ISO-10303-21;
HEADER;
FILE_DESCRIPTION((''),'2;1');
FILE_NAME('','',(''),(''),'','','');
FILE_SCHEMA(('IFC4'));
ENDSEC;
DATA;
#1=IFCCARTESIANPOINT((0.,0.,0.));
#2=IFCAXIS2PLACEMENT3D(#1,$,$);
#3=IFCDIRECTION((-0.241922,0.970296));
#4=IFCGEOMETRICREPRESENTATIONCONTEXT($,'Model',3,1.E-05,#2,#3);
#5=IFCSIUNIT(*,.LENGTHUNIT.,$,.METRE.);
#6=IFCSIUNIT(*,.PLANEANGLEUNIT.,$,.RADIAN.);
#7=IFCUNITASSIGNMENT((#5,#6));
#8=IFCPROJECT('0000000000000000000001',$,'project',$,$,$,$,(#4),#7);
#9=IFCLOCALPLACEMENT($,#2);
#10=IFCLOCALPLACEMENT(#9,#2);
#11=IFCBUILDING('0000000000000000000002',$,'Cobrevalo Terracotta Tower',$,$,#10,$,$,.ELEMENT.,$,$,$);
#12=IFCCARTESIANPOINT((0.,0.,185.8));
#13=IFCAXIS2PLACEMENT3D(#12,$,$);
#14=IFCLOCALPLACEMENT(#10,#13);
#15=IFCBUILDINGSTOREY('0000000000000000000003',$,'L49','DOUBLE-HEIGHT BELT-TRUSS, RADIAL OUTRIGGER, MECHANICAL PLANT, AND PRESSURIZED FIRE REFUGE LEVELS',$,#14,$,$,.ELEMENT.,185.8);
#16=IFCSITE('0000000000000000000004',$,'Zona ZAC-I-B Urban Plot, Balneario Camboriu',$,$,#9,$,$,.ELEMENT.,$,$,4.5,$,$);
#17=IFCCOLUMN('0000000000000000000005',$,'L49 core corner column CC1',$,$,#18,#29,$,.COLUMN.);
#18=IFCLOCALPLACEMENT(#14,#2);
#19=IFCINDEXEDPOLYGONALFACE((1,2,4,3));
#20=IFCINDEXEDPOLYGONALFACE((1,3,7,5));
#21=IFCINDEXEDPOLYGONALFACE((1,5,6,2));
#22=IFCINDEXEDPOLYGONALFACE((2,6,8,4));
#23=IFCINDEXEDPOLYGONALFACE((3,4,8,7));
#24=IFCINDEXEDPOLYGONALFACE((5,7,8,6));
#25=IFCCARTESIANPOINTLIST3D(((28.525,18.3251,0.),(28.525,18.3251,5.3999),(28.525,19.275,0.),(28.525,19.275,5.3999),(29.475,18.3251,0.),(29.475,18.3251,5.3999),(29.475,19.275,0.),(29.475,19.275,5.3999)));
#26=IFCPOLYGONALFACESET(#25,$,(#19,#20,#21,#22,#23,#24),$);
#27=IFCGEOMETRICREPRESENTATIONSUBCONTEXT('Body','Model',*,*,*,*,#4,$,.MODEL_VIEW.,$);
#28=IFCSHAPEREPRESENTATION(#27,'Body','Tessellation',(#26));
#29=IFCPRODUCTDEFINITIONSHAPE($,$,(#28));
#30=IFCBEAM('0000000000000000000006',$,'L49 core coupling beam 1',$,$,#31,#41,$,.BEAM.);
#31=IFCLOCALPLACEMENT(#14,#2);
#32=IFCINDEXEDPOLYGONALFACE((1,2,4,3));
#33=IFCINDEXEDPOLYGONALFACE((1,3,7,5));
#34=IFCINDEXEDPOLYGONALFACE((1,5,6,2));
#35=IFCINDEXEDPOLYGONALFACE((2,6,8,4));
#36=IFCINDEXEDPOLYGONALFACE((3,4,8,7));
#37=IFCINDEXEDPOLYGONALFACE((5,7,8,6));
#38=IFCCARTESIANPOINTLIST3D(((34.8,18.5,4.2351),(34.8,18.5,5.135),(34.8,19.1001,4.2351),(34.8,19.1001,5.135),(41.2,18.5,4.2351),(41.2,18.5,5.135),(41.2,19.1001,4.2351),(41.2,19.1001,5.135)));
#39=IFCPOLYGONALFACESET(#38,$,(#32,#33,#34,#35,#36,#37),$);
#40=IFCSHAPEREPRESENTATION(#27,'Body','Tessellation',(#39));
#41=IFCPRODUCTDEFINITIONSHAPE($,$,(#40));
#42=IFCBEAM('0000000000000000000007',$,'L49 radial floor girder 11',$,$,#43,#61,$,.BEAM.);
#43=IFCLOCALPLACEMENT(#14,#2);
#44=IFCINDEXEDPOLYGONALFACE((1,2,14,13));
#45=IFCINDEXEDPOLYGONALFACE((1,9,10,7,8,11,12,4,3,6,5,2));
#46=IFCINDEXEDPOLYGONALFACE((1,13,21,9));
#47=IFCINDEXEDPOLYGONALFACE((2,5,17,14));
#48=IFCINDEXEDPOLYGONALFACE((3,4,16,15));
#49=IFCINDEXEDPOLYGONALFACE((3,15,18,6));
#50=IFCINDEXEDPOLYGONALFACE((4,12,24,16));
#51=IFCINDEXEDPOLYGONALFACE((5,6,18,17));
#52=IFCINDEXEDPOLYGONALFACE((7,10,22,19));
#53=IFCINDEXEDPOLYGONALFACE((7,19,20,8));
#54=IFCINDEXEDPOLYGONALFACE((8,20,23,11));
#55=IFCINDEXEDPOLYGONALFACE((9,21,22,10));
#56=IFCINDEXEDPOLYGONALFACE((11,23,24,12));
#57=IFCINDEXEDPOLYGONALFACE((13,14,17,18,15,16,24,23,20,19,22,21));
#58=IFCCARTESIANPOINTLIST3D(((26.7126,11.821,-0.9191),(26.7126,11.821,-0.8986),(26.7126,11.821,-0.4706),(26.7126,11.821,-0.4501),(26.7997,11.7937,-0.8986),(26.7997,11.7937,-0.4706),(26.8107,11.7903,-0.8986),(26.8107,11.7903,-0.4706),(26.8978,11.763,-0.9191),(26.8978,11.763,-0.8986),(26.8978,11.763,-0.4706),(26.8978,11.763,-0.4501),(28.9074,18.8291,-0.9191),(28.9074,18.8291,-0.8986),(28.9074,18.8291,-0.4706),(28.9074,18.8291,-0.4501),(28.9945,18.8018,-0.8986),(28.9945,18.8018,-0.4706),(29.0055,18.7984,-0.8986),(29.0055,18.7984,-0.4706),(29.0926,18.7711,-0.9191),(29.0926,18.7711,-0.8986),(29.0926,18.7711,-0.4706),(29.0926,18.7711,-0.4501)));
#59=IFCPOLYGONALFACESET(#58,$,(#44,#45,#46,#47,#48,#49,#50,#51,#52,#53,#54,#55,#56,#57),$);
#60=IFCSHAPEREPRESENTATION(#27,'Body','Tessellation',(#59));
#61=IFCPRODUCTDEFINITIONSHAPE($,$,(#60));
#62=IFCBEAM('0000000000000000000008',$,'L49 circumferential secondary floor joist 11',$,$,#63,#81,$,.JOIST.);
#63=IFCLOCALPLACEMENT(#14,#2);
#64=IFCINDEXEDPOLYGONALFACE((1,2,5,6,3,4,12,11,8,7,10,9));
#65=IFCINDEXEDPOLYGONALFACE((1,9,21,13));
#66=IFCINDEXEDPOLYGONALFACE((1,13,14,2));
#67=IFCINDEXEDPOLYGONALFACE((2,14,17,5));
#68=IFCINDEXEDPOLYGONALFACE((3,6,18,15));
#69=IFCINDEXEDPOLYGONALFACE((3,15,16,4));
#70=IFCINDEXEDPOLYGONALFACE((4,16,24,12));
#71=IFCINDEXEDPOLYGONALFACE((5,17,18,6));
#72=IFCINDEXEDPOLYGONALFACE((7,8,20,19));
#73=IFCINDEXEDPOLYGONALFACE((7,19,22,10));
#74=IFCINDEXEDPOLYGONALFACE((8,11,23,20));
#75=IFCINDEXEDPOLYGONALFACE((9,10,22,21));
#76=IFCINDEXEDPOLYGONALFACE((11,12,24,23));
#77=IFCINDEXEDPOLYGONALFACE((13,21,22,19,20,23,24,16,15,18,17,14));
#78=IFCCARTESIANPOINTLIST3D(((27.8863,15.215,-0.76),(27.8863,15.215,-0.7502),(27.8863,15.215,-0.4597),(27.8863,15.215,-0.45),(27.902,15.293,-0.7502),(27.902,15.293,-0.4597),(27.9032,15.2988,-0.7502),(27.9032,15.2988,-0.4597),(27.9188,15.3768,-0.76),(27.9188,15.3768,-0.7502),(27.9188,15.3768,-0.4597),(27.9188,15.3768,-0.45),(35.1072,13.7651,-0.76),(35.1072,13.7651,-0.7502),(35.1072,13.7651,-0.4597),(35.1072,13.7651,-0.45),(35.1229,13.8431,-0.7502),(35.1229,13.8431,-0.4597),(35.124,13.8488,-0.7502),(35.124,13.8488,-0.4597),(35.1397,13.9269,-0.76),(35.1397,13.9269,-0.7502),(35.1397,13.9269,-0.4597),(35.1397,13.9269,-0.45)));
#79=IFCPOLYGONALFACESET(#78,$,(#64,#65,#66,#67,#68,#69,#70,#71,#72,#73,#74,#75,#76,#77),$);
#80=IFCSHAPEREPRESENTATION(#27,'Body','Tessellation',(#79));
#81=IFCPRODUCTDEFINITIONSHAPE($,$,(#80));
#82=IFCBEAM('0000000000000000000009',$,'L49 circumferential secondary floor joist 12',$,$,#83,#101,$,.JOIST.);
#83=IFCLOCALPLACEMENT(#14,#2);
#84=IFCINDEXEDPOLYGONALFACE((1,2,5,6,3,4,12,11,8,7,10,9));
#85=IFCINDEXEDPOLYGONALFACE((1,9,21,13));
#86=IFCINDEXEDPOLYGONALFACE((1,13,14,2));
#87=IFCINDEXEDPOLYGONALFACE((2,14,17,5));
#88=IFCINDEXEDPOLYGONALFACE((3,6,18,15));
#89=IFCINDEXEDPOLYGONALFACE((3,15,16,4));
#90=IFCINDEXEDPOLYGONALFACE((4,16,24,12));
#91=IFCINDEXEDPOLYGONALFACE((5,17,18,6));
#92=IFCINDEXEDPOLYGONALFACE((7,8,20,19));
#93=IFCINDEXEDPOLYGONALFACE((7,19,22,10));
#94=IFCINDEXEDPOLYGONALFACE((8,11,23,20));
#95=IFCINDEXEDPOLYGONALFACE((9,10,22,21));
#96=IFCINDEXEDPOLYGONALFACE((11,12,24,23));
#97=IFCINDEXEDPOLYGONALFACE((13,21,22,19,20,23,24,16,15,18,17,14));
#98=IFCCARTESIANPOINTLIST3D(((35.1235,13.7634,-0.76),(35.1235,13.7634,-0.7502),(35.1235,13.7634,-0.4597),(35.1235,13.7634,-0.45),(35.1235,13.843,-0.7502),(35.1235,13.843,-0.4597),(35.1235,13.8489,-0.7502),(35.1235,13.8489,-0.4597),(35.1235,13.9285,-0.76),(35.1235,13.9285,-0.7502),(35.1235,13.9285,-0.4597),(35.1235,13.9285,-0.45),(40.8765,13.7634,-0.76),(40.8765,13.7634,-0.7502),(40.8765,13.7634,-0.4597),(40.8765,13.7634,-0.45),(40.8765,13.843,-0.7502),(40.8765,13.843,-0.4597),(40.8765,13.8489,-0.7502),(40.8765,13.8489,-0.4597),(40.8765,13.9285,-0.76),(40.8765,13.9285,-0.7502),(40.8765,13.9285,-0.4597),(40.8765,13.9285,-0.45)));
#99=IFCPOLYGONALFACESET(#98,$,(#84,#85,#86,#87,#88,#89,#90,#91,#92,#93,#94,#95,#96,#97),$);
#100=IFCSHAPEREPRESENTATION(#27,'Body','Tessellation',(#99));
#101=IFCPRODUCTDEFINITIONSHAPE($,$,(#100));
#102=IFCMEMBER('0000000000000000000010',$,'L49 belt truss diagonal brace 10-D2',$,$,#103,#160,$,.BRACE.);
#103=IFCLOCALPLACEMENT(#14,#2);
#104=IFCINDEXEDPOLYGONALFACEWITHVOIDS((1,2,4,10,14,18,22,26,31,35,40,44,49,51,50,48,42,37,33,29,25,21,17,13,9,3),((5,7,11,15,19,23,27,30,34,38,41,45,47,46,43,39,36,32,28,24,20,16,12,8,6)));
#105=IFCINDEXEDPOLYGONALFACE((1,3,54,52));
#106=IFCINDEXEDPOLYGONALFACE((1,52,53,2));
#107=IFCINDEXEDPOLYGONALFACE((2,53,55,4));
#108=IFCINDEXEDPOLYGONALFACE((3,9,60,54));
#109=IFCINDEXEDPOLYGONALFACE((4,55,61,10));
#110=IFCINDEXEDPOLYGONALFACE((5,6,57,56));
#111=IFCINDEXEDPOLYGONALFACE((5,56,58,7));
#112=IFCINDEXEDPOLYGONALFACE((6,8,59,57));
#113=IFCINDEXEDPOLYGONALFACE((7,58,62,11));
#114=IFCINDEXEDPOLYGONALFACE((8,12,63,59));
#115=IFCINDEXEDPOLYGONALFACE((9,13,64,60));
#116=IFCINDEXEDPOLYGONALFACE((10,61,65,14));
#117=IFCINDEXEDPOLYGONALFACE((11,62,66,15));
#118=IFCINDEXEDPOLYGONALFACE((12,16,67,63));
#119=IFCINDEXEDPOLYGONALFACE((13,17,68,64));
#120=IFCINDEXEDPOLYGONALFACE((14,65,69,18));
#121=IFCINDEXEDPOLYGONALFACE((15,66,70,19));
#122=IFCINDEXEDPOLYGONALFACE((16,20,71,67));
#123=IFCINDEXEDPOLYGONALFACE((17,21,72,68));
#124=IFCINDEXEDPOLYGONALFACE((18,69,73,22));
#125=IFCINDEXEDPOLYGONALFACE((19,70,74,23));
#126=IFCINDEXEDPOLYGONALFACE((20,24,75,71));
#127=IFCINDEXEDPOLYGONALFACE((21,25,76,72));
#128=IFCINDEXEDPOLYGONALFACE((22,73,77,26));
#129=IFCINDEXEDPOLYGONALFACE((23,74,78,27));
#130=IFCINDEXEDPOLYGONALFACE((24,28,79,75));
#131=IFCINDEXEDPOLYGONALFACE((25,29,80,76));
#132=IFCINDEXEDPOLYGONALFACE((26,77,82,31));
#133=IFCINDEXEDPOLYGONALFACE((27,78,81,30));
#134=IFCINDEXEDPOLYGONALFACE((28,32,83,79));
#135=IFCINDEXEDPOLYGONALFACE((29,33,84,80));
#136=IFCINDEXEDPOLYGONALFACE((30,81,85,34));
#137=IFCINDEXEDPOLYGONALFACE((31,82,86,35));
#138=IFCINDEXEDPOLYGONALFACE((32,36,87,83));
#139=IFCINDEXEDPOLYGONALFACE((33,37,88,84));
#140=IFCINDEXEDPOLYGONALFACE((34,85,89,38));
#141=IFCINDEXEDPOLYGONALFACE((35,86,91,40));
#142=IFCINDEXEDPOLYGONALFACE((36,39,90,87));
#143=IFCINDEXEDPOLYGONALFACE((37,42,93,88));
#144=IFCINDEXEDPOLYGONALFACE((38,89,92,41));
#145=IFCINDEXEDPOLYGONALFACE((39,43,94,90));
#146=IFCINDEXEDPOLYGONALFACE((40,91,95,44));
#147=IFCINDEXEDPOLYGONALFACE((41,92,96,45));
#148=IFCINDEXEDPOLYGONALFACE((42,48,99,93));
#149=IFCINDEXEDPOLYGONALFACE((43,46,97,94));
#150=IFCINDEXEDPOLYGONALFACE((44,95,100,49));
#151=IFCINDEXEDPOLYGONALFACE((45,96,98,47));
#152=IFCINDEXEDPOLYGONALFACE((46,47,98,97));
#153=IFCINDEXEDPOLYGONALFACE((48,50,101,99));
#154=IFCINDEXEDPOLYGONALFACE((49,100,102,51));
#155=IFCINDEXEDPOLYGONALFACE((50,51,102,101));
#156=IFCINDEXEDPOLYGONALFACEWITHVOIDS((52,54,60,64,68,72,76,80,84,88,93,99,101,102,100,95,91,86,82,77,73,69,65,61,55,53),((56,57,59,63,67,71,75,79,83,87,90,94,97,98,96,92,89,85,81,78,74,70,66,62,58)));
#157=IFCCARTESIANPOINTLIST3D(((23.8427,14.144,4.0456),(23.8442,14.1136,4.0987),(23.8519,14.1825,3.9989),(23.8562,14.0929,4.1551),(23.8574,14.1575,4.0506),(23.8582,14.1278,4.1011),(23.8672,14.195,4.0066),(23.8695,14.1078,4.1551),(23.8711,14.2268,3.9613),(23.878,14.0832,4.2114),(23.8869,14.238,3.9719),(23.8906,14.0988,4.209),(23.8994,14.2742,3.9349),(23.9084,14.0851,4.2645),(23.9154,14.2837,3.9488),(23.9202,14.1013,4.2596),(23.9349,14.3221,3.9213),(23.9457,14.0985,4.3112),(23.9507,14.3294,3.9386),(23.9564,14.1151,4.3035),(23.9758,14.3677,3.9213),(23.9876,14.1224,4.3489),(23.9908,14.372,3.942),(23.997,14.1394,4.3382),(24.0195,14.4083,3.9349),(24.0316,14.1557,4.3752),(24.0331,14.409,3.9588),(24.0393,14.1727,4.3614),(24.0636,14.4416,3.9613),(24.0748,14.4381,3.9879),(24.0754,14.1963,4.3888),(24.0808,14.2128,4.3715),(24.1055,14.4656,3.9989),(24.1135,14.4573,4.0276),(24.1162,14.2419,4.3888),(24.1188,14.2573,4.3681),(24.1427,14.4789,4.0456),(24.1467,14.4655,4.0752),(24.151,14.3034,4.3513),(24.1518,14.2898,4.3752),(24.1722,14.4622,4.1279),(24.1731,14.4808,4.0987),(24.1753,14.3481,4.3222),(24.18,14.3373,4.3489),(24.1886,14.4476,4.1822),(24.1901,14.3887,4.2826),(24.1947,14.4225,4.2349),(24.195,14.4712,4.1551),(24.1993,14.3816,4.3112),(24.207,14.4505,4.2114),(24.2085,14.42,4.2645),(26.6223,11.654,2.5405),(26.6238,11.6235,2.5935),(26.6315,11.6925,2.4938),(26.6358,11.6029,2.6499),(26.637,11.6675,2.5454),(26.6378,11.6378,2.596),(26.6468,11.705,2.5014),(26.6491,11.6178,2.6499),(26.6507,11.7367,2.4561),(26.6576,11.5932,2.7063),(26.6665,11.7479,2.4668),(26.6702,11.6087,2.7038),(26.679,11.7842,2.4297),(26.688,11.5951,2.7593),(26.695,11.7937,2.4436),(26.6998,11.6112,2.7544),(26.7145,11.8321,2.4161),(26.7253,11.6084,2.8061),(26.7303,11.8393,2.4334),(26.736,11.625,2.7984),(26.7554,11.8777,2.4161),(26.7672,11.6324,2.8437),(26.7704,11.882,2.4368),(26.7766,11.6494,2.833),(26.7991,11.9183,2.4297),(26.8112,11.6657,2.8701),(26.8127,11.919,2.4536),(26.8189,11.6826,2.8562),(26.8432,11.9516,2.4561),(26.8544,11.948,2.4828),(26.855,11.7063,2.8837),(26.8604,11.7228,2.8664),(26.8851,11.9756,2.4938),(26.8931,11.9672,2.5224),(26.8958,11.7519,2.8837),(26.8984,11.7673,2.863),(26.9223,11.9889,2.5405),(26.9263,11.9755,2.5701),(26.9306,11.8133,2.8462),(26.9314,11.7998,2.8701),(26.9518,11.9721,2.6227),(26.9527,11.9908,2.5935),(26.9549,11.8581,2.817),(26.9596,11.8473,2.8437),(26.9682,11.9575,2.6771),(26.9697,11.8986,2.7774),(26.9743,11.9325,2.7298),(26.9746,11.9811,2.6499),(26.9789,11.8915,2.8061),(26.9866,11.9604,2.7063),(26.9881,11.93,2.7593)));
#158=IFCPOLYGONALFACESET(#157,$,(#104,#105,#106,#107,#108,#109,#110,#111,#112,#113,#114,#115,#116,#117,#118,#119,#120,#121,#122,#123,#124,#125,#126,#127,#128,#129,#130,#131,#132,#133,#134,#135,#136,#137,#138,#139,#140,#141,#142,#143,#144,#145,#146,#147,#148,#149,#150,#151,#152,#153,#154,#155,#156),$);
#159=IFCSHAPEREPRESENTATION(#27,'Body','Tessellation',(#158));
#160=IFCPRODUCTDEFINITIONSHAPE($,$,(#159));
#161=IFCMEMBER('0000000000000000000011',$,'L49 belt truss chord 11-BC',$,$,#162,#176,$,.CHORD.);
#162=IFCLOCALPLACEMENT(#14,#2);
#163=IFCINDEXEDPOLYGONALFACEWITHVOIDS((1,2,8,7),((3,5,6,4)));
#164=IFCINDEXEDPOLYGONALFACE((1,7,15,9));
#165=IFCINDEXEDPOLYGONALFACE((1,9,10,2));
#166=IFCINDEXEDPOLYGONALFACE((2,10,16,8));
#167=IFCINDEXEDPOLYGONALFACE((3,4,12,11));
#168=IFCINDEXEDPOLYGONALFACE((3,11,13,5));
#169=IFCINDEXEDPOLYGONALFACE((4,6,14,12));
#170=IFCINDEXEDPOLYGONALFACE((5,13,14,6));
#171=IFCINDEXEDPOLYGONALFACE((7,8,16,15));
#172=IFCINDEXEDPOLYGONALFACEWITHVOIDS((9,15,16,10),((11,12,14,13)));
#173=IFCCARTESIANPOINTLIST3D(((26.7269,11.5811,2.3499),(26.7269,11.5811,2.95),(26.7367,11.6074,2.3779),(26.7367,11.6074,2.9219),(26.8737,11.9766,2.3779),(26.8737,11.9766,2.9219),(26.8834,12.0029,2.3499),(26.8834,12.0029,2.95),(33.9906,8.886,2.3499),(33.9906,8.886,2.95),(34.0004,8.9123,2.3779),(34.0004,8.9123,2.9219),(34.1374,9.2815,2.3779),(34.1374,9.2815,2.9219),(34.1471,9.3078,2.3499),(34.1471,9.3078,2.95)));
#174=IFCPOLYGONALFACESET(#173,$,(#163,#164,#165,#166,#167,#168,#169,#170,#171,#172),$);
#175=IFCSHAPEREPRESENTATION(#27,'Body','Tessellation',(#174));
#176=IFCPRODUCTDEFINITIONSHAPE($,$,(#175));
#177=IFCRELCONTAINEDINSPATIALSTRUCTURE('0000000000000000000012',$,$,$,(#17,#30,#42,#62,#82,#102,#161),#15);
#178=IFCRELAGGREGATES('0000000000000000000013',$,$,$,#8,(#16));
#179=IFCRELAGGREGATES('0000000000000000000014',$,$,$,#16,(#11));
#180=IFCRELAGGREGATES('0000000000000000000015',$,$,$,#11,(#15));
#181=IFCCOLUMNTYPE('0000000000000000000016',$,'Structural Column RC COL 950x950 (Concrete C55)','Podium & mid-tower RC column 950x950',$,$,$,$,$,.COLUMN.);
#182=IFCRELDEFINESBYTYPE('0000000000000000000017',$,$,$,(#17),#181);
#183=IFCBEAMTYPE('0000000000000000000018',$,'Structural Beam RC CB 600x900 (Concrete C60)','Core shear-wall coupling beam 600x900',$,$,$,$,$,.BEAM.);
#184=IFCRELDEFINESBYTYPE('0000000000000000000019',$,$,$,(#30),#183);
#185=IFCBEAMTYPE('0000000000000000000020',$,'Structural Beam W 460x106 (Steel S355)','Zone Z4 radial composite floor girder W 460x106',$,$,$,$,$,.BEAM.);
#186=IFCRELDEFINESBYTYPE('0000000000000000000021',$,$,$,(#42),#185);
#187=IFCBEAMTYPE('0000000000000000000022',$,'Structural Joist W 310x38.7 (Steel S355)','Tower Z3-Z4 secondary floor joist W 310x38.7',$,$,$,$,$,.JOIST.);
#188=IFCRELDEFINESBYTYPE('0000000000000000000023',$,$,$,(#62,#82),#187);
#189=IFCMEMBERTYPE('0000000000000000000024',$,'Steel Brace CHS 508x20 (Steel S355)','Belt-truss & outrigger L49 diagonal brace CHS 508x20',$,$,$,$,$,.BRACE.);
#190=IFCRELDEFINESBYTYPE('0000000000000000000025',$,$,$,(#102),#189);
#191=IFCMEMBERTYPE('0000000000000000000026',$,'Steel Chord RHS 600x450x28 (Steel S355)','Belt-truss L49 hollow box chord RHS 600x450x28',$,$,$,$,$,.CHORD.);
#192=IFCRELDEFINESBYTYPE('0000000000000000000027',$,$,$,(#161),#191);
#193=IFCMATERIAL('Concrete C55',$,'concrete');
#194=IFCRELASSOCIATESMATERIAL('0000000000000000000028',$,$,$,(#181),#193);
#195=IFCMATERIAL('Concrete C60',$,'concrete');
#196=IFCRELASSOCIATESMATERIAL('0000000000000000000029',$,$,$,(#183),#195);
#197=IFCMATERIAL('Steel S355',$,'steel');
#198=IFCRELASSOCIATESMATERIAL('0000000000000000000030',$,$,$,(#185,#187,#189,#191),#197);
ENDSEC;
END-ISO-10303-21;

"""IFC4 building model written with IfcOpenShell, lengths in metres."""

from ifc_helpers import new_model, si_unit, direction, frame, origin, origin_2d, place, context, subcontext, project, spatial, rectangle, hollow_rectangle, hollow_circle, i_section, extrude, source, transform, mapped, material, material_profile, profile_set, type_object, element, save


model = new_model("IFC4")

# Units and contexts
model_context = context("Model", 3, precision=1e-05, world=origin(), true_north=direction((-0.241922, 0.970296)))
body_context = subcontext(model_context, "Body", "Model", "MODEL_VIEW")
ifc_project = project(units=[si_unit("LENGTHUNIT", "METRE"), si_unit("PLANEANGLEUNIT", "RADIAN")], contexts=[model_context])

# Site, building, storey
site_placement = place(None, origin())
site = spatial("IfcSite", under=ifc_project, at=site_placement, Name="Zona ZAC-I-B Urban Plot, Balneario Camboriu", CompositionType="ELEMENT", RefElevation=4.5)
building_placement = place(site_placement, origin())
building = spatial("IfcBuilding", under=site, at=building_placement, Name="Cobrevalo Terracotta Tower", CompositionType="ELEMENT")
storey_placement = place(building_placement, frame((0.0, 0.0, 185.8)))
storey = spatial("IfcBuildingStorey", under=building, at=storey_placement, Name="L49", Description="DOUBLE-HEIGHT BELT-TRUSS, RADIAL OUTRIGGER, MECHANICAL PLANT, AND PRESSURIZED FIRE REFUGE LEVELS", CompositionType="ELEMENT", Elevation=185.8)

# Column
ifc_material_1 = material(Name="Concrete C55", Category="concrete")
ifc_material_profile_1 = material_profile(ifc_material_1, rectangle(XDim=0.95, YDim=0.95, at=origin_2d()), Name="RC COL 950x950")
ifc_profile_set_1 = profile_set([ifc_material_profile_1], Name="Concrete C55")
column_type = type_object("IfcColumnType", Name="Structural Column RC COL 950x950 (Concrete C55)", Description="Podium & mid-tower RC column 950x950", PredefinedType="COLUMN", material=ifc_profile_set_1)
column_placement = place(storey_placement, frame((29.0, 18.8, 0.0), z_axis=(0.0, 0.0, 1.0), x_axis=(1.0, 0.0, 0.0)))
element("IfcColumn", 1, at=column_placement, inside=storey, type_object=column_type, Name="L49 core corner column CC1", PredefinedType="COLUMN", context=body_context, shape_type="SweptSolid", body=[
    extrude(rectangle(XDim=0.95, YDim=0.95, at=origin_2d()), origin(), (0.0, 0.0, 1.0), 5.3999),
])

# Beams
ifc_material_2 = material(Name="Concrete C60", Category="concrete")
ifc_material_profile_2 = material_profile(ifc_material_2, rectangle(XDim=0.6001, YDim=0.8999, at=origin_2d()), Name="RC CB 600x900")
ifc_profile_set_2 = profile_set([ifc_material_profile_2], Name="Concrete C60")
beam_type_1 = type_object("IfcBeamType", Name="Structural Beam RC CB 600x900 (Concrete C60)", Description="Core shear-wall coupling beam 600x900", PredefinedType="BEAM", material=ifc_profile_set_2)
beam_1_placement = place(storey_placement, frame((34.8, 18.8, 4.6851), z_axis=(1.0, 0.0, 0.0), x_axis=(0.0, 1.0, 0.0)))
element("IfcBeam", 2, at=beam_1_placement, inside=storey, type_object=beam_type_1, Name="L49 core coupling beam 1", PredefinedType="BEAM", context=body_context, shape_type="SweptSolid", body=[
    extrude(rectangle(XDim=0.6001, YDim=0.8999, at=origin_2d()), origin(), (0.0, 0.0, 1.0), 6.3999),
])
ifc_material_3 = material(Name="Steel S355", Category="steel")
ifc_material_profile_3 = material_profile(ifc_material_3, i_section(OverallWidth=0.1941, OverallDepth=0.469, WebThickness=0.0115, FlangeThickness=0.0205, at=origin_2d()), Name="W 460x106")
ifc_profile_set_3 = profile_set([ifc_material_profile_3], Name="Steel S355")
beam_type_2 = type_object("IfcBeamType", Name="Structural Beam W 460x106 (Steel S355)", Description="Zone Z4 radial composite floor girder W 460x106", PredefinedType="BEAM", material=ifc_profile_set_3)
beam_2_placement = place(storey_placement, frame((26.8052, 11.792, -0.6846), z_axis=(0.298871, 0.954293, 0.0), x_axis=(-0.954293, 0.298871, 0.0)))
element("IfcBeam", 3, at=beam_2_placement, inside=storey, type_object=beam_type_2, Name="L49 radial floor girder 11", PredefinedType="BEAM", context=body_context, shape_type="SweptSolid", body=[
    extrude(i_section(OverallWidth=0.1941, OverallDepth=0.469, WebThickness=0.0115, FlangeThickness=0.0205, at=origin_2d()), origin(), (0.0, 0.0, 1.0), 7.3438),
])
ifc_material_profile_4 = material_profile(ifc_material_3, i_section(OverallWidth=0.165, OverallDepth=0.3101, WebThickness=0.0059, FlangeThickness=0.0098, at=origin_2d()), Name="W 310x38.7")
ifc_profile_set_4 = profile_set([ifc_material_profile_4], Name="Steel S355")
beam_type_3 = type_object("IfcBeamType", Name="Structural Joist W 310x38.7 (Steel S355)", Description="Tower Z3-Z4 secondary floor joist W 310x38.7", PredefinedType="JOIST", material=ifc_profile_set_4)
beam_3_placement = place(storey_placement, frame((27.9026, 15.2959, -0.605), z_axis=(0.98043, -0.196868, 0.0), x_axis=(0.196868, 0.98043, 0.0)))
element("IfcBeam", 4, at=beam_3_placement, inside=storey, type_object=beam_type_3, Name="L49 circumferential secondary floor joist 11", PredefinedType="JOIST", context=body_context, shape_type="SweptSolid", body=[
    extrude(i_section(OverallWidth=0.165, OverallDepth=0.3101, WebThickness=0.0059, FlangeThickness=0.0098, at=origin_2d()), origin(), (0.0, 0.0, 1.0), 7.365),
])
beam_4_placement = place(storey_placement, frame((35.1235, 13.8459, -0.605), z_axis=(1.0, 0.0, 0.0), x_axis=(0.0, 1.0, 0.0)))
element("IfcBeam", 5, at=beam_4_placement, inside=storey, type_object=beam_type_3, Name="L49 circumferential secondary floor joist 12", PredefinedType="JOIST", context=body_context, shape_type="SweptSolid", body=[
    extrude(i_section(OverallWidth=0.165, OverallDepth=0.3101, WebThickness=0.0059, FlangeThickness=0.0098, at=origin_2d()), origin(), (0.0, 0.0, 1.0), 5.7529),
])

# Members
ifc_material_profile_5 = material_profile(ifc_material_3, hollow_circle(Radius=0.2539, WallThickness=0.02, at=origin_2d()), Name="CHS 508x20")
ifc_profile_set_5 = profile_set([ifc_material_profile_5], Name="Steel S355")
member_type_1 = type_object("IfcMemberType", Name="Steel Brace CHS 508x20 (Steel S355)", Description="Belt-truss & outrigger L49 diagonal brace CHS 508x20", PredefinedType="BRACE", material=ifc_profile_set_5)
shared_shape_1 = source(origin(), body_context, "Body", "SweptSolid", [
    extrude(hollow_circle(Radius=0.2539, WallThickness=0.02, at=origin_2d()), origin(), (0.0, 0.0, 1.0), 4.0239),
])
member_1_placement = place(storey_placement, frame((26.8052, 11.792, 2.6499), z_axis=(-0.690768, 0.618809, 0.374052), x_axis=(-0.667246, -0.744837, 0.0)))
element("IfcMember", 6, at=member_1_placement, inside=storey, type_object=member_type_1, Name="L49 belt truss diagonal brace 10-D2", PredefinedType="BRACE", context=body_context, shape_type="MappedRepresentation", body=[
    mapped(shared_shape_1, transform((0.0, 0.0, 0.0), scale=1.0)),
])
ifc_material_profile_6 = material_profile(ifc_material_3, hollow_rectangle(XDim=0.45, YDim=0.6001, WallThickness=0.0281, at=origin_2d()), Name="RHS 600x450x28")
ifc_profile_set_6 = profile_set([ifc_material_profile_6], Name="Steel S355")
member_type_2 = type_object("IfcMemberType", Name="Steel Chord RHS 600x450x28 (Steel S355)", Description="Belt-truss L49 hollow box chord RHS 600x450x28", PredefinedType="CHORD", material=ifc_profile_set_6)
shared_shape_2 = source(origin(), body_context, "Body", "SweptSolid", [
    extrude(hollow_rectangle(XDim=0.45, YDim=0.6001, WallThickness=0.0281, at=origin_2d()), origin(), (0.0, 0.0, 1.0), 7.7476),
])
for number, where, z_axis, x_axis, name in (
    (7, (26.8052, 11.792, 2.6499), (0.937546, -0.347861, 0.0), (0.347861, 0.937546, 0.0), "L49 belt truss chord 11-BC"),
):
    element("IfcMember", number, at=place(storey_placement, frame(where, z_axis=z_axis, x_axis=x_axis)), inside=storey, type_object=member_type_2, Name=name, PredefinedType="CHORD", context=body_context, shape_type="MappedRepresentation", body=[
        mapped(shared_shape_2, transform((0.0, 0.0, 0.0), scale=1.0)),
    ])

save(model, "model.ifc")
